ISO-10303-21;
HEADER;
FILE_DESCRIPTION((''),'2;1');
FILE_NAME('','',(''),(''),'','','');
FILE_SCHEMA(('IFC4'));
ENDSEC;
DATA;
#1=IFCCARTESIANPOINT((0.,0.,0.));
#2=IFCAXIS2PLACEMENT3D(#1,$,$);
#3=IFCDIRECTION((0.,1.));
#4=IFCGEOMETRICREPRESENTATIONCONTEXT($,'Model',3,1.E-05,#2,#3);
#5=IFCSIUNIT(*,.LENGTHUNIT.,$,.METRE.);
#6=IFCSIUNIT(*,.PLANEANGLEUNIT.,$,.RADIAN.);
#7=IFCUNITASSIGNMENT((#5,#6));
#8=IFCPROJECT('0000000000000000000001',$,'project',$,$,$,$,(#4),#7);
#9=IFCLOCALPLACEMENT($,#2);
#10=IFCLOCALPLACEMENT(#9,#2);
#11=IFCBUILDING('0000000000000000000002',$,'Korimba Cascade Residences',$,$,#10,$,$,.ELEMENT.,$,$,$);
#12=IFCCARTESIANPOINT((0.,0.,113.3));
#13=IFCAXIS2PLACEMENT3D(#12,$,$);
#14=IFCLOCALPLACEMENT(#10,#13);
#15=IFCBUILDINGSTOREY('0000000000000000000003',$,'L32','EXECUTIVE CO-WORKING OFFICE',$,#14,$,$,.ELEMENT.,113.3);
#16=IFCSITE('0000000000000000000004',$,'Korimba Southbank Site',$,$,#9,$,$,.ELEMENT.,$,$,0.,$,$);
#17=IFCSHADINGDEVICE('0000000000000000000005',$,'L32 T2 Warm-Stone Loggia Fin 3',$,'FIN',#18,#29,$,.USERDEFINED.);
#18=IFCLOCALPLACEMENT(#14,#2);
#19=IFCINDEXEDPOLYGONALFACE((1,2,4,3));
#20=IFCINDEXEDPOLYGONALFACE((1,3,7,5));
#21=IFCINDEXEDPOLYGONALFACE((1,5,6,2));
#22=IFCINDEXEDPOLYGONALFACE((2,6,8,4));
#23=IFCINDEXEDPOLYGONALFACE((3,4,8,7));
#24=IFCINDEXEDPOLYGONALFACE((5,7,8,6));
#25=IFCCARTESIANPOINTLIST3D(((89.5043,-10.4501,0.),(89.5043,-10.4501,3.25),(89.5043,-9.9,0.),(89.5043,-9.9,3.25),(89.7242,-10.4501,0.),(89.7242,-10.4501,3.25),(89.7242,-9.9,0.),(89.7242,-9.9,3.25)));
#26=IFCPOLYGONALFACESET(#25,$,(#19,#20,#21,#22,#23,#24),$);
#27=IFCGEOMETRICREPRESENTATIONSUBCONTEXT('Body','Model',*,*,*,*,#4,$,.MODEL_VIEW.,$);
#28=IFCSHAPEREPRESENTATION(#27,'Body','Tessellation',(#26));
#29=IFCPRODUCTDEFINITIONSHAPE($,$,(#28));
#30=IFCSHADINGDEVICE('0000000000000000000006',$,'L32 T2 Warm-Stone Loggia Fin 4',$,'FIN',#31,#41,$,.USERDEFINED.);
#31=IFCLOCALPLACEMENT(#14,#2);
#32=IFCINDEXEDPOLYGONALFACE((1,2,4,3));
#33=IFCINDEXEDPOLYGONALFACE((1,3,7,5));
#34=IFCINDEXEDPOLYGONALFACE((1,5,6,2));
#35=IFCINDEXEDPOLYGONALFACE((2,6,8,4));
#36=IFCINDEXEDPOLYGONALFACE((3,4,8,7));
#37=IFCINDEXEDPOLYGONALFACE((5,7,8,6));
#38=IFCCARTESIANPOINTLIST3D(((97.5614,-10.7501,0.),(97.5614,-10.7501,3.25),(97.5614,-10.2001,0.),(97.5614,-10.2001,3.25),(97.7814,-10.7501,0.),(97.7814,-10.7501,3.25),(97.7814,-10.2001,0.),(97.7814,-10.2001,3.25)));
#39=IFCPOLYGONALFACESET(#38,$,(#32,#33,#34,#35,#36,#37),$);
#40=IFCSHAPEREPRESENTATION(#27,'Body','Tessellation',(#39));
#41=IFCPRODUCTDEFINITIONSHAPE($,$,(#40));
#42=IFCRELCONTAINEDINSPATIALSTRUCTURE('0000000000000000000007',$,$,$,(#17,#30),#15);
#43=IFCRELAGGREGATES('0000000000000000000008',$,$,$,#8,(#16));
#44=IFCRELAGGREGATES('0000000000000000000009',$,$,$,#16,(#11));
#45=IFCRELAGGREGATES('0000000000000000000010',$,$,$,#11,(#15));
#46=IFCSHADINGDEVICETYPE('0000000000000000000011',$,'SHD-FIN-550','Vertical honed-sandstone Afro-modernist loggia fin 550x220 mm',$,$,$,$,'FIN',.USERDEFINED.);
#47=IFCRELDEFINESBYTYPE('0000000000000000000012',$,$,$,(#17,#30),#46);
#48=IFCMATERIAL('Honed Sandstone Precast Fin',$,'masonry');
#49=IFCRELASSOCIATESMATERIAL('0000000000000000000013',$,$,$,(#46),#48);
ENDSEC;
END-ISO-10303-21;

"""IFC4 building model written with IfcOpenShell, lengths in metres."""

from ifc_helpers import new_model, si_unit, direction, frame, origin, origin_2d, place, context, subcontext, project, spatial, rectangle, extrude, material, type_object, element, save


model = new_model("IFC4")

# Units and contexts
model_context = context("Model", 3, precision=1e-05, world=origin(), true_north=direction((0.0, 1.0)))
body_context = subcontext(model_context, "Body", "Model", "MODEL_VIEW")
ifc_project = project(units=[si_unit("LENGTHUNIT", "METRE"), si_unit("PLANEANGLEUNIT", "RADIAN")], contexts=[model_context])

# Site, building, storey
site_placement = place(None, origin())
site = spatial("IfcSite", under=ifc_project, at=site_placement, Name="Korimba Southbank Site", CompositionType="ELEMENT", RefElevation=0.0)
building_placement = place(site_placement, origin())
building = spatial("IfcBuilding", under=site, at=building_placement, Name="Korimba Cascade Residences", CompositionType="ELEMENT")
storey_placement = place(building_placement, frame((0.0, 0.0, 113.3)))
storey = spatial("IfcBuildingStorey", under=building, at=storey_placement, Name="L32", Description="EXECUTIVE CO-WORKING OFFICE", CompositionType="ELEMENT", Elevation=113.3)

# Shading devices
ifc_material_1 = material(Name="Honed Sandstone Precast Fin", Category="masonry")
shading_device_type = type_object("IfcShadingDeviceType", Name="SHD-FIN-550", Description="Vertical honed-sandstone Afro-modernist loggia fin 550x220 mm", ElementType="FIN", PredefinedType="USERDEFINED", material=ifc_material_1)
for number, where, z_axis, x_axis, name in (
    (1, (89.6143, -10.175, 0.0), (0.0, 0.0, 1.0), (1.0, 0.0, 0.0), "L32 T2 Warm-Stone Loggia Fin 3"),
    (2, (97.6714, -10.4751, 0.0), (0.0, 0.0, 1.0), (1.0, 0.0, 0.0), "L32 T2 Warm-Stone Loggia Fin 4"),
):
    element("IfcShadingDevice", number, at=place(storey_placement, frame(where, z_axis=z_axis, x_axis=x_axis)), inside=storey, type_object=shading_device_type, Name=name, ObjectType="FIN", PredefinedType="USERDEFINED", context=body_context, shape_type="SweptSolid", body=[
        extrude(rectangle(XDim=0.22, YDim=0.55, at=origin_2d()), origin(), (0.0, 0.0, 1.0), 3.25),
    ])

save(model, "model.ifc")
